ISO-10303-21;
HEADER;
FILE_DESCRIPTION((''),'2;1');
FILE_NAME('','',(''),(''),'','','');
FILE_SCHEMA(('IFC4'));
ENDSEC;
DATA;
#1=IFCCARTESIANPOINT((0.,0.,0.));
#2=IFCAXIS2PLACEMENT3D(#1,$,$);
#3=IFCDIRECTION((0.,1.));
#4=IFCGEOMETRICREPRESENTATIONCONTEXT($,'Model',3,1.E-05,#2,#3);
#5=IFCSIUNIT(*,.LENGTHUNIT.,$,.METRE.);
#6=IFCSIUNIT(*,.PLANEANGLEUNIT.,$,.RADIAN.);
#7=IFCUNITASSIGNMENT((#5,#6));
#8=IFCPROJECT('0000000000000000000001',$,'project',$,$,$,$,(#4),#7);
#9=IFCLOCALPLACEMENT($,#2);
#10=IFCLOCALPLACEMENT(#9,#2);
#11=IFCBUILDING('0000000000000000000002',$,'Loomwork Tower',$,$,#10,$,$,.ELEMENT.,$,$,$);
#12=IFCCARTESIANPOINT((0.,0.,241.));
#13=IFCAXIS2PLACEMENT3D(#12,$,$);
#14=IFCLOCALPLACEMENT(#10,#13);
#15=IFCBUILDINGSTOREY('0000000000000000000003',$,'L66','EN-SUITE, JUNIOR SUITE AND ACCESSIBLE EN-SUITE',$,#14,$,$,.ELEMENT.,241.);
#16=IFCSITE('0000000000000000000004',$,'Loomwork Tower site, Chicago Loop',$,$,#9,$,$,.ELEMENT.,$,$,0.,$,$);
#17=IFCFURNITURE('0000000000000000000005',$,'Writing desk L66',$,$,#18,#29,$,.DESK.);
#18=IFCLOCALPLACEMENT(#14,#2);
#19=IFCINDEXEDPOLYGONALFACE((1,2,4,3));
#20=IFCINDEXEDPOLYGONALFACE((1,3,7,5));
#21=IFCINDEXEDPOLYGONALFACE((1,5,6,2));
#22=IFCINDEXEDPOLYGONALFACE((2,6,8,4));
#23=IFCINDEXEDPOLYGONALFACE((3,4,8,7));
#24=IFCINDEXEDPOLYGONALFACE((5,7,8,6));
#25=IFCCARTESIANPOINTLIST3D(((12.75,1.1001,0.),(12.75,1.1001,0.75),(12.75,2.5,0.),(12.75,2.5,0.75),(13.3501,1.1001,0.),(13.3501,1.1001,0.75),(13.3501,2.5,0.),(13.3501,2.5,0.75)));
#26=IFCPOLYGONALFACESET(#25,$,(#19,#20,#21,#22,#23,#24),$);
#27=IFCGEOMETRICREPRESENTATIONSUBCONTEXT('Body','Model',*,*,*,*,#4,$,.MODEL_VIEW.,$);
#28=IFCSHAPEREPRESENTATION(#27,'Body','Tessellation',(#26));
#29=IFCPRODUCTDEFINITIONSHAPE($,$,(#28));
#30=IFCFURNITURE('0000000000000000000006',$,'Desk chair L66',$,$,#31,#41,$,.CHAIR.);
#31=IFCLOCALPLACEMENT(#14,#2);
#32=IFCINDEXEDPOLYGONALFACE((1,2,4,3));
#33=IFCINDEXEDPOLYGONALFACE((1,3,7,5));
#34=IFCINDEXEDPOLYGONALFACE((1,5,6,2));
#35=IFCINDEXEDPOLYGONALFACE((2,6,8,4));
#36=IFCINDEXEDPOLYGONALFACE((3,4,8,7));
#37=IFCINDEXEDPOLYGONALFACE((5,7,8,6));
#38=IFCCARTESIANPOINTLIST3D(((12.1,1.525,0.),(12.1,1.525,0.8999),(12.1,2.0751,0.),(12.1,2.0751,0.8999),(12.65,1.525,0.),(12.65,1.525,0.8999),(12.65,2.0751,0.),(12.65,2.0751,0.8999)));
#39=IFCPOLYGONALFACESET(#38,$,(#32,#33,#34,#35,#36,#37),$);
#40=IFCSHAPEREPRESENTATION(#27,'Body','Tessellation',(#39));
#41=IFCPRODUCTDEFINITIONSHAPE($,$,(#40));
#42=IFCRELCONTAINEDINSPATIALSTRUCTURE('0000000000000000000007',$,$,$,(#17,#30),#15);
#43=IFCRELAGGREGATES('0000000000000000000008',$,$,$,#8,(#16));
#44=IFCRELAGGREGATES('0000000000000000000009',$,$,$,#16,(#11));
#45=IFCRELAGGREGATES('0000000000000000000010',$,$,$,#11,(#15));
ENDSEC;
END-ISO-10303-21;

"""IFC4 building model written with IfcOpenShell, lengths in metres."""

from ifc_helpers import new_model, si_unit, direction, frame, origin, origin_2d, place, context, subcontext, project, spatial, rectangle, extrude, element, save


model = new_model("IFC4")

# Units and contexts
model_context = context("Model", 3, precision=1e-05, world=origin(), true_north=direction((0.0, 1.0)))
body_context = subcontext(model_context, "Body", "Model", "MODEL_VIEW")
ifc_project = project(units=[si_unit("LENGTHUNIT", "METRE"), si_unit("PLANEANGLEUNIT", "RADIAN")], contexts=[model_context])

# Site, building, storey
site_placement = place(None, origin())
site = spatial("IfcSite", under=ifc_project, at=site_placement, Name="Loomwork Tower site, Chicago Loop", CompositionType="ELEMENT", RefElevation=0.0)
building_placement = place(site_placement, origin())
building = spatial("IfcBuilding", under=site, at=building_placement, Name="Loomwork Tower", CompositionType="ELEMENT")
storey_placement = place(building_placement, frame((0.0, 0.0, 241.0)))
storey = spatial("IfcBuildingStorey", under=building, at=storey_placement, Name="L66", Description="EN-SUITE, JUNIOR SUITE AND ACCESSIBLE EN-SUITE", CompositionType="ELEMENT", Elevation=241.0)

# Furniture
furniture_1_placement = place(storey_placement, frame((13.05, 1.8, 0.0), z_axis=(0.0, 0.0, 1.0), x_axis=(1.0, 0.0, 0.0)))
element("IfcFurniture", 1, at=furniture_1_placement, inside=storey, Name="Writing desk L66", PredefinedType="DESK", context=body_context, shape_type="SweptSolid", body=[
    extrude(rectangle(XDim=0.6001, YDim=1.3999, at=origin_2d()), origin(), (0.0, 0.0, 1.0), 0.75),
])
furniture_2_placement = place(storey_placement, frame((12.375, 1.8, 0.0), z_axis=(0.0, 0.0, 1.0), x_axis=(1.0, 0.0, 0.0)))
element("IfcFurniture", 2, at=furniture_2_placement, inside=storey, Name="Desk chair L66", PredefinedType="CHAIR", context=body_context, shape_type="SweptSolid", body=[
    extrude(rectangle(XDim=0.55, YDim=0.55, at=origin_2d()), origin(), (0.0, 0.0, 1.0), 0.8999),
])

save(model, "model.ifc")
